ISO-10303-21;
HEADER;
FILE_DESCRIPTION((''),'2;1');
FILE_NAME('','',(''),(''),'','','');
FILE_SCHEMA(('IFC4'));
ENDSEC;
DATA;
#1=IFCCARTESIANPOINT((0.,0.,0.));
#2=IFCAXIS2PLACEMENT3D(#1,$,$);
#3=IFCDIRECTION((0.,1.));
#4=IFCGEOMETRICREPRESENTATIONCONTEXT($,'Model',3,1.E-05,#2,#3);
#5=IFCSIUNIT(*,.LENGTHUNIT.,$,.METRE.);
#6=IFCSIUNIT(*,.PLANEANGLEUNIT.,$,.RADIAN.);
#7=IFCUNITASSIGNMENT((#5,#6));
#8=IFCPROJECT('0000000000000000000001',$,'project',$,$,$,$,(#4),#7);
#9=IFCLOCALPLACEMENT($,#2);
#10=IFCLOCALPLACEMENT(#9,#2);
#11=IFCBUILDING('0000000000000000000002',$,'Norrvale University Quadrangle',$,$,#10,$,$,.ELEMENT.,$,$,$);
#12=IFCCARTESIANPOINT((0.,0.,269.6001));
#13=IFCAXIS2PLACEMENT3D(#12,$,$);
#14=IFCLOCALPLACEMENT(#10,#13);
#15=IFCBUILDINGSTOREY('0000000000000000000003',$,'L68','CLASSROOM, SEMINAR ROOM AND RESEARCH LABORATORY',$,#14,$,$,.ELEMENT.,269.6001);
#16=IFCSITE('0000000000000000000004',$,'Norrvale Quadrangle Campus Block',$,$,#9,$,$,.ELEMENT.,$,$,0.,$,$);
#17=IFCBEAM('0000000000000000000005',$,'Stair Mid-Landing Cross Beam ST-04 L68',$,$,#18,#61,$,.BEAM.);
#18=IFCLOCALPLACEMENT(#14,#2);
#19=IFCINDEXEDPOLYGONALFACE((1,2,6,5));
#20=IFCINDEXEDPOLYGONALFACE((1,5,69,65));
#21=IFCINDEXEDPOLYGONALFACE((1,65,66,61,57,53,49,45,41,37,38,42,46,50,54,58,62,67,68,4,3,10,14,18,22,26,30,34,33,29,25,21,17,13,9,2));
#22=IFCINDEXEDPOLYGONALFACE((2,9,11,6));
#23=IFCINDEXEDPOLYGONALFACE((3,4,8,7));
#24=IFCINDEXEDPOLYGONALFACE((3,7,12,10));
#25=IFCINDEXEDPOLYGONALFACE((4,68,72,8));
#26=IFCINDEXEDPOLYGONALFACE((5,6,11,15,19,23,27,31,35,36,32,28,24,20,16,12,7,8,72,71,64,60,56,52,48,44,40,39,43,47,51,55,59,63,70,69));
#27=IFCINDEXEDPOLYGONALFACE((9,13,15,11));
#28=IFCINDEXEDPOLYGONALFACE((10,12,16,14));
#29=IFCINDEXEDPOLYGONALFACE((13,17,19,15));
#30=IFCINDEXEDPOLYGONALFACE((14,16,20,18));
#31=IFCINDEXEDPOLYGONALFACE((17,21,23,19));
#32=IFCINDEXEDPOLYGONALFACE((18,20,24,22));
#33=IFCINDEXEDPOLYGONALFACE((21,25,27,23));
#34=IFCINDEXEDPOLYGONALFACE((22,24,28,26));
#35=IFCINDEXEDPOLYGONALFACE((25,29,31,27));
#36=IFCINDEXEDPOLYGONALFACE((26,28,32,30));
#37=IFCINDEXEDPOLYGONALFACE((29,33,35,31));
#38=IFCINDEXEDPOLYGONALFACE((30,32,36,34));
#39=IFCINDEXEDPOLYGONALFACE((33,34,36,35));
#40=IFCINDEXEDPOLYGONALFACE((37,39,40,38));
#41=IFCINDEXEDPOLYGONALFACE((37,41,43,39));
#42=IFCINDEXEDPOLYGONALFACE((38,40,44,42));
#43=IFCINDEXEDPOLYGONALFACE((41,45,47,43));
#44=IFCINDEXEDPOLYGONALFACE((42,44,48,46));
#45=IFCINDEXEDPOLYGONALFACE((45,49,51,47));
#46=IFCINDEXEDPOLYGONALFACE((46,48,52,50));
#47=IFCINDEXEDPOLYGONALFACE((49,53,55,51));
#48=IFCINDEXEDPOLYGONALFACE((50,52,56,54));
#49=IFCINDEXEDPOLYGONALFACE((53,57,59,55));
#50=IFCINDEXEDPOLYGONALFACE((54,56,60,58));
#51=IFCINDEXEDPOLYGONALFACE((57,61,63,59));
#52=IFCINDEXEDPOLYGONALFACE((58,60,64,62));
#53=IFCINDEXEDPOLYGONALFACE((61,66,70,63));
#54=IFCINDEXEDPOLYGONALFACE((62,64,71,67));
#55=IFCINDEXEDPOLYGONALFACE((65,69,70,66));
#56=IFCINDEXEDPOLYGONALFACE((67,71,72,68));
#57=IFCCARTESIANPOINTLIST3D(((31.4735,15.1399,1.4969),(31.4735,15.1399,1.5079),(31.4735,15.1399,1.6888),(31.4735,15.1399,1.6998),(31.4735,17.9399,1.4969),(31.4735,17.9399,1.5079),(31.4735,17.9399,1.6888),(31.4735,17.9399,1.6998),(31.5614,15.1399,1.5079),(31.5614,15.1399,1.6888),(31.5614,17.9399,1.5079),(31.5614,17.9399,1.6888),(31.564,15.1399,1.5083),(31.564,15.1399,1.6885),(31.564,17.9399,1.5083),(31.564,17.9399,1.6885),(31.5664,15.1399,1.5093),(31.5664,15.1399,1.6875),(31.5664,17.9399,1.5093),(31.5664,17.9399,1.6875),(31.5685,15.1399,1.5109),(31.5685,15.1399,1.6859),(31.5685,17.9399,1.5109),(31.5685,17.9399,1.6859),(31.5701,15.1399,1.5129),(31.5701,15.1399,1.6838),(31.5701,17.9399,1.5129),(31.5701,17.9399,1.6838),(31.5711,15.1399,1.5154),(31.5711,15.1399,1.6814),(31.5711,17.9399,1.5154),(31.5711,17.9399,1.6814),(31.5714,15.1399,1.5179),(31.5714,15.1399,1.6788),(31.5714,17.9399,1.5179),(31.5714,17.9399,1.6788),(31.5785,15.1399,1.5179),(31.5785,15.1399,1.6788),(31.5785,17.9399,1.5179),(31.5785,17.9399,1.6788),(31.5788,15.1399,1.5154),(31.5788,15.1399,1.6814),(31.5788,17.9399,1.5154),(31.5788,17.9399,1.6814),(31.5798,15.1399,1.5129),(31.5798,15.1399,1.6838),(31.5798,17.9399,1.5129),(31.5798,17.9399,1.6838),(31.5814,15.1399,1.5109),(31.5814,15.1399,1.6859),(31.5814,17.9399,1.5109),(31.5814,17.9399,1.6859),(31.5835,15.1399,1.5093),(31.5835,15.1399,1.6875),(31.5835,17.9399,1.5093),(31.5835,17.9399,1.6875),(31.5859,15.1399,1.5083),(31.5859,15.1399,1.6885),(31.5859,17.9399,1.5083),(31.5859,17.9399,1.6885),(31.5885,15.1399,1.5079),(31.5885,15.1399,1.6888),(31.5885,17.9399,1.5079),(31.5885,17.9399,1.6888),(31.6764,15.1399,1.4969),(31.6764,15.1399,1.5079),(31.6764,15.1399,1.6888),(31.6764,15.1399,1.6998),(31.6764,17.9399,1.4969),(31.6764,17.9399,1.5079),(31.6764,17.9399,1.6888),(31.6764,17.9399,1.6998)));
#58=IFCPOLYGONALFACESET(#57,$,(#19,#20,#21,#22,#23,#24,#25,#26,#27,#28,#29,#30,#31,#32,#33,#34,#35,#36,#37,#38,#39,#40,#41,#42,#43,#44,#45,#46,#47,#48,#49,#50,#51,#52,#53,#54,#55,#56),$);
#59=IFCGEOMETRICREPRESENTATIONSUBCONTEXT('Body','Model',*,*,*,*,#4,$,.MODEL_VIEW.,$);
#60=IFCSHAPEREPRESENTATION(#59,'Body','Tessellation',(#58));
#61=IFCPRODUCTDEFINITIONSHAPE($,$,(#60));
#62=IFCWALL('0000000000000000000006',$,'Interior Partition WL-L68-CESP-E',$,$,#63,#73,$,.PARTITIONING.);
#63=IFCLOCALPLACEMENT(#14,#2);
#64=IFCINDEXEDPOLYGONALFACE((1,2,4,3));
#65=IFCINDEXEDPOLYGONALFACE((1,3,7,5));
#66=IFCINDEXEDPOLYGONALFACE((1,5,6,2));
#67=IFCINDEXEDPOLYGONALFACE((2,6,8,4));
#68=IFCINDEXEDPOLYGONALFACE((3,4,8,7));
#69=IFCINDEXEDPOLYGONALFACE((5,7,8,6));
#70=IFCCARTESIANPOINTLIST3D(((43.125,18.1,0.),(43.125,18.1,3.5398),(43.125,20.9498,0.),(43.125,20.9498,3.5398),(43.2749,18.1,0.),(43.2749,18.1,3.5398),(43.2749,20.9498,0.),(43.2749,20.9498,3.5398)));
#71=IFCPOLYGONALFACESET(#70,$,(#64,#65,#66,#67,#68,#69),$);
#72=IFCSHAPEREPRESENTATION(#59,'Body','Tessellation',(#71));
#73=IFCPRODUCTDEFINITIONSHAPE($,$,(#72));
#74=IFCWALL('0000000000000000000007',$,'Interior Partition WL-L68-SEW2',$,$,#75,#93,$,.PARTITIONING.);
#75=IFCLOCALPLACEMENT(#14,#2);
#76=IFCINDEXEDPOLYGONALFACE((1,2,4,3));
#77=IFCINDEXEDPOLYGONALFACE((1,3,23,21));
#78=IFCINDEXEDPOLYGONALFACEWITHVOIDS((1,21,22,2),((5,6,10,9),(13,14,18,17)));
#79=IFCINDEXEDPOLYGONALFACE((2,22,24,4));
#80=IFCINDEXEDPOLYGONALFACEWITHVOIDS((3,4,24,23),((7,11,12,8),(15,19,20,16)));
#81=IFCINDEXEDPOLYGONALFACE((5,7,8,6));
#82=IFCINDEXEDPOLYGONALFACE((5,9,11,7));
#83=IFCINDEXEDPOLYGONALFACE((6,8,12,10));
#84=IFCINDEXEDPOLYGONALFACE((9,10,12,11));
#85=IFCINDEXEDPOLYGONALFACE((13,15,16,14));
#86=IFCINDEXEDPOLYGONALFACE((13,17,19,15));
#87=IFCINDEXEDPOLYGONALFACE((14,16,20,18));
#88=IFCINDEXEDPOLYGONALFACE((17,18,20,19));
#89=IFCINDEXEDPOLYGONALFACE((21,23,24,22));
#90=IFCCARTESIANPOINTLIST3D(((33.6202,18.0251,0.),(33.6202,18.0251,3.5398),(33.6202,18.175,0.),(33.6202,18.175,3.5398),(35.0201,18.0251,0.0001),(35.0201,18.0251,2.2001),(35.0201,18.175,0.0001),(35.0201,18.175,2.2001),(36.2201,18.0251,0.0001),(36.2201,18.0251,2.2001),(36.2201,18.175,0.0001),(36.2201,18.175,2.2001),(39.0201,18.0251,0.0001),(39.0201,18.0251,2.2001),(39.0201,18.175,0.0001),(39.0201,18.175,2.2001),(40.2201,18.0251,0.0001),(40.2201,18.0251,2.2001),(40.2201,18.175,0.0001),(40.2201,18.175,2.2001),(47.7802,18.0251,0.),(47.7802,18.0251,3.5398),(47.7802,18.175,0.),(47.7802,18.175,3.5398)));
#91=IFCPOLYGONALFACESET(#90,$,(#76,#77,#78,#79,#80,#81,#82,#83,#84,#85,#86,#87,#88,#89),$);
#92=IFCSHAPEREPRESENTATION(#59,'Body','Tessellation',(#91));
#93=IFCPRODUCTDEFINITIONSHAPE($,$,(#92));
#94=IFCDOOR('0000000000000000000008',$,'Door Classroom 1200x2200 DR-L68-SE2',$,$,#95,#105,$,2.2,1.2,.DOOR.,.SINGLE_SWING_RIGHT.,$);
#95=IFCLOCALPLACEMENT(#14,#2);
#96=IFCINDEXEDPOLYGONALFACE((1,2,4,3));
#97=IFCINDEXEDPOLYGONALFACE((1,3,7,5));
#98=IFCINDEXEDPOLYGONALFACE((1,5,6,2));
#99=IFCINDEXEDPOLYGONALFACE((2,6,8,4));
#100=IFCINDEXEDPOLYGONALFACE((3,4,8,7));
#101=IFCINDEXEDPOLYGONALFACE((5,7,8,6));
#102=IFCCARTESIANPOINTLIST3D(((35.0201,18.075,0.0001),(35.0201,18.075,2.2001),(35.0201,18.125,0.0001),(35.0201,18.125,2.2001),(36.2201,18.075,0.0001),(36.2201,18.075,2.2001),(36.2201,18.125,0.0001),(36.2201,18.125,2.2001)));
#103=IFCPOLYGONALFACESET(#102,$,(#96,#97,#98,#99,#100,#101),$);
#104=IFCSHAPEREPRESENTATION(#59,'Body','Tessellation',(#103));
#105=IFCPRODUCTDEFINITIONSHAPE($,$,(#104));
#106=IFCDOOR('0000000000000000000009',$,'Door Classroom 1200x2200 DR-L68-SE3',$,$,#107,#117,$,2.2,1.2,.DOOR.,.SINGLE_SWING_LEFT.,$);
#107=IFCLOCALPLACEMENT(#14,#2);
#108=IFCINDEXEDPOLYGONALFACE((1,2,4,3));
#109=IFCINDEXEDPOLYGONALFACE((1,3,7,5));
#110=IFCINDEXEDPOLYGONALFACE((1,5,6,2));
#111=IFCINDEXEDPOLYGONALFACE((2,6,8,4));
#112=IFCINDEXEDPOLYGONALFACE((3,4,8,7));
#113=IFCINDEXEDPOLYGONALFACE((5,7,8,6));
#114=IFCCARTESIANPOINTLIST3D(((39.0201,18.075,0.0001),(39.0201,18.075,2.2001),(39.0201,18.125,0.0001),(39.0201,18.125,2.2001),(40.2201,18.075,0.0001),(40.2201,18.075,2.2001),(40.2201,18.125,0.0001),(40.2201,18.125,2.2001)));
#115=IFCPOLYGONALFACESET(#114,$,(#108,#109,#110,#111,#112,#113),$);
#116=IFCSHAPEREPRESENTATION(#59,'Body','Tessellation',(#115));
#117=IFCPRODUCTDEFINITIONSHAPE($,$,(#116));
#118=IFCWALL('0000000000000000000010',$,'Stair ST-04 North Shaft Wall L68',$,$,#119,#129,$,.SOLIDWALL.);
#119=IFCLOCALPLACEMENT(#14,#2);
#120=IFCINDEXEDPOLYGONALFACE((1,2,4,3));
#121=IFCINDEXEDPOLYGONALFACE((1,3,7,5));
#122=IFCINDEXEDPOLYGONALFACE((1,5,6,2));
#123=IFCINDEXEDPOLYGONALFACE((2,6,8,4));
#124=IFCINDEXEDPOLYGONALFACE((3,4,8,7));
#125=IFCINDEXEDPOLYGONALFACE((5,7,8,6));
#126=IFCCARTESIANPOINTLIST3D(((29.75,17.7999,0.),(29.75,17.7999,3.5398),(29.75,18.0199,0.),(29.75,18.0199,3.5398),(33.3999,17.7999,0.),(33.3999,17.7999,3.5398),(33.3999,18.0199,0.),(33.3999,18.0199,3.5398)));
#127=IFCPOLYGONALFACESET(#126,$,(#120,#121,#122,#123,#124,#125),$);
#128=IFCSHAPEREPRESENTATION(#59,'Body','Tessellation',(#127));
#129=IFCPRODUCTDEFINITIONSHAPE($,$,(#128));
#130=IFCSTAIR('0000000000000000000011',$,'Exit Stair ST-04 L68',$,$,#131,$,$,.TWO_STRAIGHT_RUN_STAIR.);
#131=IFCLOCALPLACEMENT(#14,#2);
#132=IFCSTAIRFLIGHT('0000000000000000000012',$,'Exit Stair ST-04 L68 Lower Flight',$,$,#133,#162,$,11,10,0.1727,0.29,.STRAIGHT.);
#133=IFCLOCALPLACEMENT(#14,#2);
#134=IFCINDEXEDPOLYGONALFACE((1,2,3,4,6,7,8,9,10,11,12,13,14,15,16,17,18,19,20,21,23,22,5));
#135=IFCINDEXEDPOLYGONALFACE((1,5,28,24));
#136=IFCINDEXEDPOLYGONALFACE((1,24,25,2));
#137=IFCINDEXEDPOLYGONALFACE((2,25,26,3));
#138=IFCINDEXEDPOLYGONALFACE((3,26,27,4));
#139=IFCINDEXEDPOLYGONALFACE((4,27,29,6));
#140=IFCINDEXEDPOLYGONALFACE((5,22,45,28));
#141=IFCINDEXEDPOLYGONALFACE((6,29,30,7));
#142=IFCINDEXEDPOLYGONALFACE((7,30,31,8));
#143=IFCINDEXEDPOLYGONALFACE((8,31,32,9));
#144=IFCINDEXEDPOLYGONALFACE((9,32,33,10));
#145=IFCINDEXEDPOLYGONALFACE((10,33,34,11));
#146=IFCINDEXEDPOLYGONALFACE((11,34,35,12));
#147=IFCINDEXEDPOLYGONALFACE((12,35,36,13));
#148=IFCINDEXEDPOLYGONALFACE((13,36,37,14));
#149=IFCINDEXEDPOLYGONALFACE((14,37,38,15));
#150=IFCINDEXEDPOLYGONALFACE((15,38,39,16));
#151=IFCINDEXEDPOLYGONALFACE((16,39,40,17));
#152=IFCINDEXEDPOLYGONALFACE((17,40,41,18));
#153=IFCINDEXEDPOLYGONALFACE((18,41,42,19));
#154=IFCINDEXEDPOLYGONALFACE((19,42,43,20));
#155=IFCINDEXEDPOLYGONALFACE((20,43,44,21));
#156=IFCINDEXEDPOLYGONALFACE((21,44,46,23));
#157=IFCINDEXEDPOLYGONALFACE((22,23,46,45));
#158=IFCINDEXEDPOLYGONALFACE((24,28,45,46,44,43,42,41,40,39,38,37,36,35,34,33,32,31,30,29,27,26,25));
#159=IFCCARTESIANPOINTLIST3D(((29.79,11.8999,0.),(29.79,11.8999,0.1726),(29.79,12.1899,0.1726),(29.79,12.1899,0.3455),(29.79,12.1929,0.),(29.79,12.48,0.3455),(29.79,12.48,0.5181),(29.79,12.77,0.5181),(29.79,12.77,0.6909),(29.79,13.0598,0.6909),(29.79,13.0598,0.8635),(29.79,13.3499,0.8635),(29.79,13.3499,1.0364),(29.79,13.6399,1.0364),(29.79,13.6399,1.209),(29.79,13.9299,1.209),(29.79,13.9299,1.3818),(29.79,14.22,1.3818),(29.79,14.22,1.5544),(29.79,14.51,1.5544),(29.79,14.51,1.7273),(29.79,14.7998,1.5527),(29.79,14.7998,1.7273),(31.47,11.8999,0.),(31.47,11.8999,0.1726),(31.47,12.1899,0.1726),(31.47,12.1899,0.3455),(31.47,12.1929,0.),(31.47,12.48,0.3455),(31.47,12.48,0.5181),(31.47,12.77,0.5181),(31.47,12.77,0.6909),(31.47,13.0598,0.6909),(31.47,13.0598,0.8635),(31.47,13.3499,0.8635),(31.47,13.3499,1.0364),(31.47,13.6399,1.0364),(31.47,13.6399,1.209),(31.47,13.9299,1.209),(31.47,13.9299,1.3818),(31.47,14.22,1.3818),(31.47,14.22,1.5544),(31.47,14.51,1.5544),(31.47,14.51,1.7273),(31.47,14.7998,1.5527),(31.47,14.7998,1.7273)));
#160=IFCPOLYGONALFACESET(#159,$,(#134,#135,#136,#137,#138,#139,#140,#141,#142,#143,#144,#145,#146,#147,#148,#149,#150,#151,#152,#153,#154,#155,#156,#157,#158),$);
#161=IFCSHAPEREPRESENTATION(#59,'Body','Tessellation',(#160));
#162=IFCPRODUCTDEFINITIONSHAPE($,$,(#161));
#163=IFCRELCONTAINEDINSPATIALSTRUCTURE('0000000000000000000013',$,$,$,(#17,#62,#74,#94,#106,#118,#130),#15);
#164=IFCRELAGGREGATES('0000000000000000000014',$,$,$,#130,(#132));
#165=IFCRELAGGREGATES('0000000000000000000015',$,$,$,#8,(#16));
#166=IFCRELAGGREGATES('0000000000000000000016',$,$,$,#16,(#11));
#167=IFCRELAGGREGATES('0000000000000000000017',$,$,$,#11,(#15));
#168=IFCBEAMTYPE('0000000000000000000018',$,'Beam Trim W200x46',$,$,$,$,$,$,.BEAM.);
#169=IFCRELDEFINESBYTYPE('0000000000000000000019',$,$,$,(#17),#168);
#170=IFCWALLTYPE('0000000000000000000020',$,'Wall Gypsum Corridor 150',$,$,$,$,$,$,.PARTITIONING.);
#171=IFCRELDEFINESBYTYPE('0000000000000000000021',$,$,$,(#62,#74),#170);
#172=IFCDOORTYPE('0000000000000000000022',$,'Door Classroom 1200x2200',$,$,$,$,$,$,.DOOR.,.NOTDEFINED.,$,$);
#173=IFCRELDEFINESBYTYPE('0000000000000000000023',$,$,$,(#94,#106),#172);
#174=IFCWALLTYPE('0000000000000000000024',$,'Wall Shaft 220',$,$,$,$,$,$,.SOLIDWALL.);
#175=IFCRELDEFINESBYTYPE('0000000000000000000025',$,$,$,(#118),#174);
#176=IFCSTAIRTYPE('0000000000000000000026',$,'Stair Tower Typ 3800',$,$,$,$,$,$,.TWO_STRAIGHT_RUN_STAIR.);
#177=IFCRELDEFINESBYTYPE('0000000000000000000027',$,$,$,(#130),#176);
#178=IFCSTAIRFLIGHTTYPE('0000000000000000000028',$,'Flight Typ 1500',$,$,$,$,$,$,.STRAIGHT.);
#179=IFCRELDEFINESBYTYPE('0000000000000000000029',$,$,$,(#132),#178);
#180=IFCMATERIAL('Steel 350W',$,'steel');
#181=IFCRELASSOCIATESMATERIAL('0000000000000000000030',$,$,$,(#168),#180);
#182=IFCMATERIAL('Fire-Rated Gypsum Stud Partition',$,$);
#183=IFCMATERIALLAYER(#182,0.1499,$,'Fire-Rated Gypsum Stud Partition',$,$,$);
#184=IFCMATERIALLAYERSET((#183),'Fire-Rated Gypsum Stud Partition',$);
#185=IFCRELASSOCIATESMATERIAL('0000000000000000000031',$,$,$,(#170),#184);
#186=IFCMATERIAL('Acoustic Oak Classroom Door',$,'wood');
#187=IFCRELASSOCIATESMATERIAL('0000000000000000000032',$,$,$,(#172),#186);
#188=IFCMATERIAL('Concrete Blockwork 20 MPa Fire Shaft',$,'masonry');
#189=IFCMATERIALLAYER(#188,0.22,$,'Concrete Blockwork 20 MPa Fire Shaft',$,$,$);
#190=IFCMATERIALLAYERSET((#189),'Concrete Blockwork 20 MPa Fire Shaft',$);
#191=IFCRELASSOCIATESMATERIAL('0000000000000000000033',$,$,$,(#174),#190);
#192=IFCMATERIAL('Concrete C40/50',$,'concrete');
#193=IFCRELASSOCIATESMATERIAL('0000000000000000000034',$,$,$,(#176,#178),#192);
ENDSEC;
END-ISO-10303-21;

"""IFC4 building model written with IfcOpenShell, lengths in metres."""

from ifc_helpers import new_model, si_unit, direction, frame, frame_2d, origin, origin_2d, place, context, subcontext, project, spatial, polyline, rectangle, i_section, outline, extrude, material, layer, layer_set, material_profile, profile_set, type_object, element, fill, aggregate, save


model = new_model("IFC4")

# Units and contexts
model_context = context("Model", 3, precision=1e-05, world=origin(), true_north=direction((0.0, 1.0)))
body_context = subcontext(model_context, "Body", "Model", "MODEL_VIEW")
ifc_project = project(units=[si_unit("LENGTHUNIT", "METRE"), si_unit("PLANEANGLEUNIT", "RADIAN")], contexts=[model_context])

# Site, building, storey
site_placement = place(None, origin())
site = spatial("IfcSite", under=ifc_project, at=site_placement, Name="Norrvale Quadrangle Campus Block", CompositionType="ELEMENT", RefElevation=0.0)
building_placement = place(site_placement, origin())
building = spatial("IfcBuilding", under=site, at=building_placement, Name="Norrvale University Quadrangle", CompositionType="ELEMENT")
storey_placement = place(building_placement, frame((0.0, 0.0, 269.6001)))
storey = spatial("IfcBuildingStorey", under=building, at=storey_placement, Name="L68", Description="CLASSROOM, SEMINAR ROOM AND RESEARCH LABORATORY", CompositionType="ELEMENT", Elevation=269.6001)

# Beam
ifc_material_1 = material(Name="Steel 350W", Category="steel")
ifc_material_profile_1 = material_profile(ifc_material_1, i_section(OverallWidth=0.2029, OverallDepth=0.2029, WebThickness=0.0071, FlangeThickness=0.011, FilletRadius=0.01, at=origin_2d()), Name="Steel 350W")
ifc_profile_set_1 = profile_set([ifc_material_profile_1], Name="Steel 350W")
beam_type_1 = type_object("IfcBeamType", Name="Beam Trim W200x46", PredefinedType="BEAM", material=ifc_profile_set_1)
beam_1_placement = place(storey_placement, frame((31.575, 15.1399, 1.5984), z_axis=(0.0, 1.0, 0.0), x_axis=(-1.0, 0.0, 0.0)))
element("IfcBeam", 1, at=beam_1_placement, inside=storey, type_object=beam_type_1, Name="Stair Mid-Landing Cross Beam ST-04 L68", PredefinedType="BEAM", context=body_context, shape_type="SweptSolid", body=[
    extrude(i_section(OverallWidth=0.2029, OverallDepth=0.2029, WebThickness=0.0071, FlangeThickness=0.011, FilletRadius=0.01, at=origin_2d()), origin(), (0.0, 0.0, 1.0), 2.8),
])

# Wall
ifc_material_2 = material(Name="Fire-Rated Gypsum Stud Partition")
ifc_layer_1 = layer(ifc_material_2, 0.1499, Name="Fire-Rated Gypsum Stud Partition")
ifc_layer_set_1 = layer_set([ifc_layer_1], Name="Fire-Rated Gypsum Stud Partition")
wall_type_1 = type_object("IfcWallType", Name="Wall Gypsum Corridor 150", PredefinedType="PARTITIONING", material=ifc_layer_set_1)
wall_1_placement = place(storey_placement, frame((43.2, 18.1001, 0.0), z_axis=(0.0, 0.0, 1.0), x_axis=(0.0, 1.0, 0.0)))
element("IfcWall", 2, at=wall_1_placement, inside=storey, type_object=wall_type_1, Name="Interior Partition WL-L68-CESP-E", PredefinedType="PARTITIONING", context=body_context, shape_type="SweptSolid", body=[
    extrude(rectangle(XDim=2.8499, YDim=0.1499, at=frame_2d((1.4248, 0.0))), origin(), (0.0, 0.0, 1.0), 3.5398),
])

# Wall, openings, doors
wall_2_placement = place(storey_placement, frame((33.6201, 18.1001, 0.0), z_axis=(0.0, 0.0, 1.0), x_axis=(1.0, 0.0, 0.0)))
wall_2 = element("IfcWall", 3, at=wall_2_placement, inside=storey, type_object=wall_type_1, Name="Interior Partition WL-L68-SEW2", PredefinedType="PARTITIONING", context=body_context, shape_type="SweptSolid", body=[
    extrude(rectangle(XDim=14.1599, YDim=0.1499, at=frame_2d((7.0801, 0.0))), origin(), (0.0, 0.0, 1.0), 3.5398),
])
opening_1_placement = place(wall_2_placement, frame((1.3999, 0.0, 0.0)))
opening_1 = element("IfcOpeningElement", 4, at=opening_1_placement, cuts=wall_2, PredefinedType="OPENING", context=body_context, shape_type="SweptSolid", body=[
    extrude(rectangle(XDim=1.2, YDim=2.2, at=frame_2d((0.6001, 1.1001))), frame((0.0, 0.0869, 0.0), z_axis=(0.0, -1.0, 0.0), x_axis=(1.0, 0.0, 0.0)), (0.0, 0.0, 1.0), 0.1738),
])
opening_2_placement = place(wall_2_placement, frame((5.3999, 0.0, 0.0)))
opening_2 = element("IfcOpeningElement", 5, at=opening_2_placement, cuts=wall_2, PredefinedType="OPENING", context=body_context, shape_type="SweptSolid", body=[
    extrude(rectangle(XDim=1.2, YDim=2.2, at=frame_2d((0.6001, 1.1001))), frame((0.0, 0.0869, 0.0), z_axis=(0.0, -1.0, 0.0), x_axis=(1.0, 0.0, 0.0)), (0.0, 0.0, 1.0), 0.1738),
])
ifc_material_3 = material(Name="Acoustic Oak Classroom Door", Category="wood")
door_type = type_object("IfcDoorType", Name="Door Classroom 1200x2200", OperationType="NOTDEFINED", PredefinedType="DOOR", material=ifc_material_3)
door_1_placement = place(opening_1_placement, origin())
door_1 = element("IfcDoor", 6, at=door_1_placement, inside=storey, type_object=door_type, Name="Door Classroom 1200x2200 DR-L68-SE2", OperationType="SINGLE_SWING_RIGHT", OverallHeight=2.2, OverallWidth=1.2, PredefinedType="DOOR", context=body_context, shape_type="SweptSolid", body=[
    extrude(rectangle(XDim=1.2, YDim=2.2, at=frame_2d((0.6001, 1.1001))), frame((0.0, 0.0249, 0.0), z_axis=(0.0, -1.0, 0.0), x_axis=(1.0, 0.0, 0.0)), (0.0, 0.0, 1.0), 0.05),
])
fill(opening_1, door_1)
door_2_placement = place(opening_2_placement, origin())
door_2 = element("IfcDoor", 7, at=door_2_placement, inside=storey, type_object=door_type, Name="Door Classroom 1200x2200 DR-L68-SE3", OperationType="SINGLE_SWING_LEFT", OverallHeight=2.2, OverallWidth=1.2, PredefinedType="DOOR", context=body_context, shape_type="SweptSolid", body=[
    extrude(rectangle(XDim=1.2, YDim=2.2, at=frame_2d((0.6001, 1.1001))), frame((0.0, 0.0249, 0.0), z_axis=(0.0, -1.0, 0.0), x_axis=(1.0, 0.0, 0.0)), (0.0, 0.0, 1.0), 0.05),
])
fill(opening_2, door_2)

# Wall
ifc_material_4 = material(Name="Concrete Blockwork 20 MPa Fire Shaft", Category="masonry")
ifc_layer_2 = layer(ifc_material_4, 0.22, Name="Concrete Blockwork 20 MPa Fire Shaft")
ifc_layer_set_2 = layer_set([ifc_layer_2], Name="Concrete Blockwork 20 MPa Fire Shaft")
wall_type_2 = type_object("IfcWallType", Name="Wall Shaft 220", PredefinedType="SOLIDWALL", material=ifc_layer_set_2)
wall_3_placement = place(storey_placement, frame((29.75, 17.9099, 0.0), z_axis=(0.0, 0.0, 1.0), x_axis=(1.0, 0.0, 0.0)))
element("IfcWall", 8, at=wall_3_placement, inside=storey, type_object=wall_type_2, Name="Stair ST-04 North Shaft Wall L68", PredefinedType="SOLIDWALL", context=body_context, shape_type="SweptSolid", body=[
    extrude(rectangle(XDim=3.6499, YDim=0.22, at=frame_2d((1.825, 0.0))), origin(), (0.0, 0.0, 1.0), 3.5398),
])

# Stair, stair flight
ifc_material_5 = material(Name="Concrete C40/50", Category="concrete")
stair_type = type_object("IfcStairType", Name="Stair Tower Typ 3800", PredefinedType="TWO_STRAIGHT_RUN_STAIR", material=ifc_material_5)
stair_placement = place(storey_placement, origin())
stair = element("IfcStair", 9, at=stair_placement, inside=storey, type_object=stair_type, Name="Exit Stair ST-04 L68", PredefinedType="TWO_STRAIGHT_RUN_STAIR")
stair_flight_type = type_object("IfcStairFlightType", Name="Flight Typ 1500", PredefinedType="STRAIGHT", material=ifc_material_5)
stair_flight_1_placement = place(storey_placement, frame((30.6299, 11.8999, 0.0), z_axis=(0.0, 0.0, 1.0), x_axis=(0.0, 1.0, 0.0)))
stair_flight_1 = element("IfcStairFlight", 10, at=stair_flight_1_placement, type_object=stair_flight_type, Name="Exit Stair ST-04 L68 Lower Flight", NumberOfRisers=11, NumberOfTreads=10, PredefinedType="STRAIGHT", RiserHeight=0.1727, TreadLength=0.29, context=body_context, shape_type="SweptSolid", body=[
    extrude(outline(polyline([(0.0, 0.0), (0.0, 0.1726), (0.29, 0.1726), (0.29, 0.3455), (0.5801, 0.3455), (0.5801, 0.5181), (0.8701, 0.5181), (0.8701, 0.6909), (1.1599, 0.6909), (1.1599, 0.8635), (1.45, 0.8635), (1.45, 1.0364), (1.74, 1.0364), (1.74, 1.209), (2.03, 1.209), (2.03, 1.3818), (2.3201, 1.3818), (2.3201, 1.5544), (2.6101, 1.5544), (2.6101, 1.7273), (2.8999, 1.7273), (2.8999, 1.8999), (2.8999, 1.5527), (0.293, 0.0), (0.0, 0.0)])), frame((0.0, 0.8398, 0.0), z_axis=(0.0, -1.0, 0.0), x_axis=(1.0, 0.0, 0.0)), (0.0, 0.0, 1.0), 1.6799),
])
aggregate(stair, [stair_flight_1])

save(model, "model.ifc")
